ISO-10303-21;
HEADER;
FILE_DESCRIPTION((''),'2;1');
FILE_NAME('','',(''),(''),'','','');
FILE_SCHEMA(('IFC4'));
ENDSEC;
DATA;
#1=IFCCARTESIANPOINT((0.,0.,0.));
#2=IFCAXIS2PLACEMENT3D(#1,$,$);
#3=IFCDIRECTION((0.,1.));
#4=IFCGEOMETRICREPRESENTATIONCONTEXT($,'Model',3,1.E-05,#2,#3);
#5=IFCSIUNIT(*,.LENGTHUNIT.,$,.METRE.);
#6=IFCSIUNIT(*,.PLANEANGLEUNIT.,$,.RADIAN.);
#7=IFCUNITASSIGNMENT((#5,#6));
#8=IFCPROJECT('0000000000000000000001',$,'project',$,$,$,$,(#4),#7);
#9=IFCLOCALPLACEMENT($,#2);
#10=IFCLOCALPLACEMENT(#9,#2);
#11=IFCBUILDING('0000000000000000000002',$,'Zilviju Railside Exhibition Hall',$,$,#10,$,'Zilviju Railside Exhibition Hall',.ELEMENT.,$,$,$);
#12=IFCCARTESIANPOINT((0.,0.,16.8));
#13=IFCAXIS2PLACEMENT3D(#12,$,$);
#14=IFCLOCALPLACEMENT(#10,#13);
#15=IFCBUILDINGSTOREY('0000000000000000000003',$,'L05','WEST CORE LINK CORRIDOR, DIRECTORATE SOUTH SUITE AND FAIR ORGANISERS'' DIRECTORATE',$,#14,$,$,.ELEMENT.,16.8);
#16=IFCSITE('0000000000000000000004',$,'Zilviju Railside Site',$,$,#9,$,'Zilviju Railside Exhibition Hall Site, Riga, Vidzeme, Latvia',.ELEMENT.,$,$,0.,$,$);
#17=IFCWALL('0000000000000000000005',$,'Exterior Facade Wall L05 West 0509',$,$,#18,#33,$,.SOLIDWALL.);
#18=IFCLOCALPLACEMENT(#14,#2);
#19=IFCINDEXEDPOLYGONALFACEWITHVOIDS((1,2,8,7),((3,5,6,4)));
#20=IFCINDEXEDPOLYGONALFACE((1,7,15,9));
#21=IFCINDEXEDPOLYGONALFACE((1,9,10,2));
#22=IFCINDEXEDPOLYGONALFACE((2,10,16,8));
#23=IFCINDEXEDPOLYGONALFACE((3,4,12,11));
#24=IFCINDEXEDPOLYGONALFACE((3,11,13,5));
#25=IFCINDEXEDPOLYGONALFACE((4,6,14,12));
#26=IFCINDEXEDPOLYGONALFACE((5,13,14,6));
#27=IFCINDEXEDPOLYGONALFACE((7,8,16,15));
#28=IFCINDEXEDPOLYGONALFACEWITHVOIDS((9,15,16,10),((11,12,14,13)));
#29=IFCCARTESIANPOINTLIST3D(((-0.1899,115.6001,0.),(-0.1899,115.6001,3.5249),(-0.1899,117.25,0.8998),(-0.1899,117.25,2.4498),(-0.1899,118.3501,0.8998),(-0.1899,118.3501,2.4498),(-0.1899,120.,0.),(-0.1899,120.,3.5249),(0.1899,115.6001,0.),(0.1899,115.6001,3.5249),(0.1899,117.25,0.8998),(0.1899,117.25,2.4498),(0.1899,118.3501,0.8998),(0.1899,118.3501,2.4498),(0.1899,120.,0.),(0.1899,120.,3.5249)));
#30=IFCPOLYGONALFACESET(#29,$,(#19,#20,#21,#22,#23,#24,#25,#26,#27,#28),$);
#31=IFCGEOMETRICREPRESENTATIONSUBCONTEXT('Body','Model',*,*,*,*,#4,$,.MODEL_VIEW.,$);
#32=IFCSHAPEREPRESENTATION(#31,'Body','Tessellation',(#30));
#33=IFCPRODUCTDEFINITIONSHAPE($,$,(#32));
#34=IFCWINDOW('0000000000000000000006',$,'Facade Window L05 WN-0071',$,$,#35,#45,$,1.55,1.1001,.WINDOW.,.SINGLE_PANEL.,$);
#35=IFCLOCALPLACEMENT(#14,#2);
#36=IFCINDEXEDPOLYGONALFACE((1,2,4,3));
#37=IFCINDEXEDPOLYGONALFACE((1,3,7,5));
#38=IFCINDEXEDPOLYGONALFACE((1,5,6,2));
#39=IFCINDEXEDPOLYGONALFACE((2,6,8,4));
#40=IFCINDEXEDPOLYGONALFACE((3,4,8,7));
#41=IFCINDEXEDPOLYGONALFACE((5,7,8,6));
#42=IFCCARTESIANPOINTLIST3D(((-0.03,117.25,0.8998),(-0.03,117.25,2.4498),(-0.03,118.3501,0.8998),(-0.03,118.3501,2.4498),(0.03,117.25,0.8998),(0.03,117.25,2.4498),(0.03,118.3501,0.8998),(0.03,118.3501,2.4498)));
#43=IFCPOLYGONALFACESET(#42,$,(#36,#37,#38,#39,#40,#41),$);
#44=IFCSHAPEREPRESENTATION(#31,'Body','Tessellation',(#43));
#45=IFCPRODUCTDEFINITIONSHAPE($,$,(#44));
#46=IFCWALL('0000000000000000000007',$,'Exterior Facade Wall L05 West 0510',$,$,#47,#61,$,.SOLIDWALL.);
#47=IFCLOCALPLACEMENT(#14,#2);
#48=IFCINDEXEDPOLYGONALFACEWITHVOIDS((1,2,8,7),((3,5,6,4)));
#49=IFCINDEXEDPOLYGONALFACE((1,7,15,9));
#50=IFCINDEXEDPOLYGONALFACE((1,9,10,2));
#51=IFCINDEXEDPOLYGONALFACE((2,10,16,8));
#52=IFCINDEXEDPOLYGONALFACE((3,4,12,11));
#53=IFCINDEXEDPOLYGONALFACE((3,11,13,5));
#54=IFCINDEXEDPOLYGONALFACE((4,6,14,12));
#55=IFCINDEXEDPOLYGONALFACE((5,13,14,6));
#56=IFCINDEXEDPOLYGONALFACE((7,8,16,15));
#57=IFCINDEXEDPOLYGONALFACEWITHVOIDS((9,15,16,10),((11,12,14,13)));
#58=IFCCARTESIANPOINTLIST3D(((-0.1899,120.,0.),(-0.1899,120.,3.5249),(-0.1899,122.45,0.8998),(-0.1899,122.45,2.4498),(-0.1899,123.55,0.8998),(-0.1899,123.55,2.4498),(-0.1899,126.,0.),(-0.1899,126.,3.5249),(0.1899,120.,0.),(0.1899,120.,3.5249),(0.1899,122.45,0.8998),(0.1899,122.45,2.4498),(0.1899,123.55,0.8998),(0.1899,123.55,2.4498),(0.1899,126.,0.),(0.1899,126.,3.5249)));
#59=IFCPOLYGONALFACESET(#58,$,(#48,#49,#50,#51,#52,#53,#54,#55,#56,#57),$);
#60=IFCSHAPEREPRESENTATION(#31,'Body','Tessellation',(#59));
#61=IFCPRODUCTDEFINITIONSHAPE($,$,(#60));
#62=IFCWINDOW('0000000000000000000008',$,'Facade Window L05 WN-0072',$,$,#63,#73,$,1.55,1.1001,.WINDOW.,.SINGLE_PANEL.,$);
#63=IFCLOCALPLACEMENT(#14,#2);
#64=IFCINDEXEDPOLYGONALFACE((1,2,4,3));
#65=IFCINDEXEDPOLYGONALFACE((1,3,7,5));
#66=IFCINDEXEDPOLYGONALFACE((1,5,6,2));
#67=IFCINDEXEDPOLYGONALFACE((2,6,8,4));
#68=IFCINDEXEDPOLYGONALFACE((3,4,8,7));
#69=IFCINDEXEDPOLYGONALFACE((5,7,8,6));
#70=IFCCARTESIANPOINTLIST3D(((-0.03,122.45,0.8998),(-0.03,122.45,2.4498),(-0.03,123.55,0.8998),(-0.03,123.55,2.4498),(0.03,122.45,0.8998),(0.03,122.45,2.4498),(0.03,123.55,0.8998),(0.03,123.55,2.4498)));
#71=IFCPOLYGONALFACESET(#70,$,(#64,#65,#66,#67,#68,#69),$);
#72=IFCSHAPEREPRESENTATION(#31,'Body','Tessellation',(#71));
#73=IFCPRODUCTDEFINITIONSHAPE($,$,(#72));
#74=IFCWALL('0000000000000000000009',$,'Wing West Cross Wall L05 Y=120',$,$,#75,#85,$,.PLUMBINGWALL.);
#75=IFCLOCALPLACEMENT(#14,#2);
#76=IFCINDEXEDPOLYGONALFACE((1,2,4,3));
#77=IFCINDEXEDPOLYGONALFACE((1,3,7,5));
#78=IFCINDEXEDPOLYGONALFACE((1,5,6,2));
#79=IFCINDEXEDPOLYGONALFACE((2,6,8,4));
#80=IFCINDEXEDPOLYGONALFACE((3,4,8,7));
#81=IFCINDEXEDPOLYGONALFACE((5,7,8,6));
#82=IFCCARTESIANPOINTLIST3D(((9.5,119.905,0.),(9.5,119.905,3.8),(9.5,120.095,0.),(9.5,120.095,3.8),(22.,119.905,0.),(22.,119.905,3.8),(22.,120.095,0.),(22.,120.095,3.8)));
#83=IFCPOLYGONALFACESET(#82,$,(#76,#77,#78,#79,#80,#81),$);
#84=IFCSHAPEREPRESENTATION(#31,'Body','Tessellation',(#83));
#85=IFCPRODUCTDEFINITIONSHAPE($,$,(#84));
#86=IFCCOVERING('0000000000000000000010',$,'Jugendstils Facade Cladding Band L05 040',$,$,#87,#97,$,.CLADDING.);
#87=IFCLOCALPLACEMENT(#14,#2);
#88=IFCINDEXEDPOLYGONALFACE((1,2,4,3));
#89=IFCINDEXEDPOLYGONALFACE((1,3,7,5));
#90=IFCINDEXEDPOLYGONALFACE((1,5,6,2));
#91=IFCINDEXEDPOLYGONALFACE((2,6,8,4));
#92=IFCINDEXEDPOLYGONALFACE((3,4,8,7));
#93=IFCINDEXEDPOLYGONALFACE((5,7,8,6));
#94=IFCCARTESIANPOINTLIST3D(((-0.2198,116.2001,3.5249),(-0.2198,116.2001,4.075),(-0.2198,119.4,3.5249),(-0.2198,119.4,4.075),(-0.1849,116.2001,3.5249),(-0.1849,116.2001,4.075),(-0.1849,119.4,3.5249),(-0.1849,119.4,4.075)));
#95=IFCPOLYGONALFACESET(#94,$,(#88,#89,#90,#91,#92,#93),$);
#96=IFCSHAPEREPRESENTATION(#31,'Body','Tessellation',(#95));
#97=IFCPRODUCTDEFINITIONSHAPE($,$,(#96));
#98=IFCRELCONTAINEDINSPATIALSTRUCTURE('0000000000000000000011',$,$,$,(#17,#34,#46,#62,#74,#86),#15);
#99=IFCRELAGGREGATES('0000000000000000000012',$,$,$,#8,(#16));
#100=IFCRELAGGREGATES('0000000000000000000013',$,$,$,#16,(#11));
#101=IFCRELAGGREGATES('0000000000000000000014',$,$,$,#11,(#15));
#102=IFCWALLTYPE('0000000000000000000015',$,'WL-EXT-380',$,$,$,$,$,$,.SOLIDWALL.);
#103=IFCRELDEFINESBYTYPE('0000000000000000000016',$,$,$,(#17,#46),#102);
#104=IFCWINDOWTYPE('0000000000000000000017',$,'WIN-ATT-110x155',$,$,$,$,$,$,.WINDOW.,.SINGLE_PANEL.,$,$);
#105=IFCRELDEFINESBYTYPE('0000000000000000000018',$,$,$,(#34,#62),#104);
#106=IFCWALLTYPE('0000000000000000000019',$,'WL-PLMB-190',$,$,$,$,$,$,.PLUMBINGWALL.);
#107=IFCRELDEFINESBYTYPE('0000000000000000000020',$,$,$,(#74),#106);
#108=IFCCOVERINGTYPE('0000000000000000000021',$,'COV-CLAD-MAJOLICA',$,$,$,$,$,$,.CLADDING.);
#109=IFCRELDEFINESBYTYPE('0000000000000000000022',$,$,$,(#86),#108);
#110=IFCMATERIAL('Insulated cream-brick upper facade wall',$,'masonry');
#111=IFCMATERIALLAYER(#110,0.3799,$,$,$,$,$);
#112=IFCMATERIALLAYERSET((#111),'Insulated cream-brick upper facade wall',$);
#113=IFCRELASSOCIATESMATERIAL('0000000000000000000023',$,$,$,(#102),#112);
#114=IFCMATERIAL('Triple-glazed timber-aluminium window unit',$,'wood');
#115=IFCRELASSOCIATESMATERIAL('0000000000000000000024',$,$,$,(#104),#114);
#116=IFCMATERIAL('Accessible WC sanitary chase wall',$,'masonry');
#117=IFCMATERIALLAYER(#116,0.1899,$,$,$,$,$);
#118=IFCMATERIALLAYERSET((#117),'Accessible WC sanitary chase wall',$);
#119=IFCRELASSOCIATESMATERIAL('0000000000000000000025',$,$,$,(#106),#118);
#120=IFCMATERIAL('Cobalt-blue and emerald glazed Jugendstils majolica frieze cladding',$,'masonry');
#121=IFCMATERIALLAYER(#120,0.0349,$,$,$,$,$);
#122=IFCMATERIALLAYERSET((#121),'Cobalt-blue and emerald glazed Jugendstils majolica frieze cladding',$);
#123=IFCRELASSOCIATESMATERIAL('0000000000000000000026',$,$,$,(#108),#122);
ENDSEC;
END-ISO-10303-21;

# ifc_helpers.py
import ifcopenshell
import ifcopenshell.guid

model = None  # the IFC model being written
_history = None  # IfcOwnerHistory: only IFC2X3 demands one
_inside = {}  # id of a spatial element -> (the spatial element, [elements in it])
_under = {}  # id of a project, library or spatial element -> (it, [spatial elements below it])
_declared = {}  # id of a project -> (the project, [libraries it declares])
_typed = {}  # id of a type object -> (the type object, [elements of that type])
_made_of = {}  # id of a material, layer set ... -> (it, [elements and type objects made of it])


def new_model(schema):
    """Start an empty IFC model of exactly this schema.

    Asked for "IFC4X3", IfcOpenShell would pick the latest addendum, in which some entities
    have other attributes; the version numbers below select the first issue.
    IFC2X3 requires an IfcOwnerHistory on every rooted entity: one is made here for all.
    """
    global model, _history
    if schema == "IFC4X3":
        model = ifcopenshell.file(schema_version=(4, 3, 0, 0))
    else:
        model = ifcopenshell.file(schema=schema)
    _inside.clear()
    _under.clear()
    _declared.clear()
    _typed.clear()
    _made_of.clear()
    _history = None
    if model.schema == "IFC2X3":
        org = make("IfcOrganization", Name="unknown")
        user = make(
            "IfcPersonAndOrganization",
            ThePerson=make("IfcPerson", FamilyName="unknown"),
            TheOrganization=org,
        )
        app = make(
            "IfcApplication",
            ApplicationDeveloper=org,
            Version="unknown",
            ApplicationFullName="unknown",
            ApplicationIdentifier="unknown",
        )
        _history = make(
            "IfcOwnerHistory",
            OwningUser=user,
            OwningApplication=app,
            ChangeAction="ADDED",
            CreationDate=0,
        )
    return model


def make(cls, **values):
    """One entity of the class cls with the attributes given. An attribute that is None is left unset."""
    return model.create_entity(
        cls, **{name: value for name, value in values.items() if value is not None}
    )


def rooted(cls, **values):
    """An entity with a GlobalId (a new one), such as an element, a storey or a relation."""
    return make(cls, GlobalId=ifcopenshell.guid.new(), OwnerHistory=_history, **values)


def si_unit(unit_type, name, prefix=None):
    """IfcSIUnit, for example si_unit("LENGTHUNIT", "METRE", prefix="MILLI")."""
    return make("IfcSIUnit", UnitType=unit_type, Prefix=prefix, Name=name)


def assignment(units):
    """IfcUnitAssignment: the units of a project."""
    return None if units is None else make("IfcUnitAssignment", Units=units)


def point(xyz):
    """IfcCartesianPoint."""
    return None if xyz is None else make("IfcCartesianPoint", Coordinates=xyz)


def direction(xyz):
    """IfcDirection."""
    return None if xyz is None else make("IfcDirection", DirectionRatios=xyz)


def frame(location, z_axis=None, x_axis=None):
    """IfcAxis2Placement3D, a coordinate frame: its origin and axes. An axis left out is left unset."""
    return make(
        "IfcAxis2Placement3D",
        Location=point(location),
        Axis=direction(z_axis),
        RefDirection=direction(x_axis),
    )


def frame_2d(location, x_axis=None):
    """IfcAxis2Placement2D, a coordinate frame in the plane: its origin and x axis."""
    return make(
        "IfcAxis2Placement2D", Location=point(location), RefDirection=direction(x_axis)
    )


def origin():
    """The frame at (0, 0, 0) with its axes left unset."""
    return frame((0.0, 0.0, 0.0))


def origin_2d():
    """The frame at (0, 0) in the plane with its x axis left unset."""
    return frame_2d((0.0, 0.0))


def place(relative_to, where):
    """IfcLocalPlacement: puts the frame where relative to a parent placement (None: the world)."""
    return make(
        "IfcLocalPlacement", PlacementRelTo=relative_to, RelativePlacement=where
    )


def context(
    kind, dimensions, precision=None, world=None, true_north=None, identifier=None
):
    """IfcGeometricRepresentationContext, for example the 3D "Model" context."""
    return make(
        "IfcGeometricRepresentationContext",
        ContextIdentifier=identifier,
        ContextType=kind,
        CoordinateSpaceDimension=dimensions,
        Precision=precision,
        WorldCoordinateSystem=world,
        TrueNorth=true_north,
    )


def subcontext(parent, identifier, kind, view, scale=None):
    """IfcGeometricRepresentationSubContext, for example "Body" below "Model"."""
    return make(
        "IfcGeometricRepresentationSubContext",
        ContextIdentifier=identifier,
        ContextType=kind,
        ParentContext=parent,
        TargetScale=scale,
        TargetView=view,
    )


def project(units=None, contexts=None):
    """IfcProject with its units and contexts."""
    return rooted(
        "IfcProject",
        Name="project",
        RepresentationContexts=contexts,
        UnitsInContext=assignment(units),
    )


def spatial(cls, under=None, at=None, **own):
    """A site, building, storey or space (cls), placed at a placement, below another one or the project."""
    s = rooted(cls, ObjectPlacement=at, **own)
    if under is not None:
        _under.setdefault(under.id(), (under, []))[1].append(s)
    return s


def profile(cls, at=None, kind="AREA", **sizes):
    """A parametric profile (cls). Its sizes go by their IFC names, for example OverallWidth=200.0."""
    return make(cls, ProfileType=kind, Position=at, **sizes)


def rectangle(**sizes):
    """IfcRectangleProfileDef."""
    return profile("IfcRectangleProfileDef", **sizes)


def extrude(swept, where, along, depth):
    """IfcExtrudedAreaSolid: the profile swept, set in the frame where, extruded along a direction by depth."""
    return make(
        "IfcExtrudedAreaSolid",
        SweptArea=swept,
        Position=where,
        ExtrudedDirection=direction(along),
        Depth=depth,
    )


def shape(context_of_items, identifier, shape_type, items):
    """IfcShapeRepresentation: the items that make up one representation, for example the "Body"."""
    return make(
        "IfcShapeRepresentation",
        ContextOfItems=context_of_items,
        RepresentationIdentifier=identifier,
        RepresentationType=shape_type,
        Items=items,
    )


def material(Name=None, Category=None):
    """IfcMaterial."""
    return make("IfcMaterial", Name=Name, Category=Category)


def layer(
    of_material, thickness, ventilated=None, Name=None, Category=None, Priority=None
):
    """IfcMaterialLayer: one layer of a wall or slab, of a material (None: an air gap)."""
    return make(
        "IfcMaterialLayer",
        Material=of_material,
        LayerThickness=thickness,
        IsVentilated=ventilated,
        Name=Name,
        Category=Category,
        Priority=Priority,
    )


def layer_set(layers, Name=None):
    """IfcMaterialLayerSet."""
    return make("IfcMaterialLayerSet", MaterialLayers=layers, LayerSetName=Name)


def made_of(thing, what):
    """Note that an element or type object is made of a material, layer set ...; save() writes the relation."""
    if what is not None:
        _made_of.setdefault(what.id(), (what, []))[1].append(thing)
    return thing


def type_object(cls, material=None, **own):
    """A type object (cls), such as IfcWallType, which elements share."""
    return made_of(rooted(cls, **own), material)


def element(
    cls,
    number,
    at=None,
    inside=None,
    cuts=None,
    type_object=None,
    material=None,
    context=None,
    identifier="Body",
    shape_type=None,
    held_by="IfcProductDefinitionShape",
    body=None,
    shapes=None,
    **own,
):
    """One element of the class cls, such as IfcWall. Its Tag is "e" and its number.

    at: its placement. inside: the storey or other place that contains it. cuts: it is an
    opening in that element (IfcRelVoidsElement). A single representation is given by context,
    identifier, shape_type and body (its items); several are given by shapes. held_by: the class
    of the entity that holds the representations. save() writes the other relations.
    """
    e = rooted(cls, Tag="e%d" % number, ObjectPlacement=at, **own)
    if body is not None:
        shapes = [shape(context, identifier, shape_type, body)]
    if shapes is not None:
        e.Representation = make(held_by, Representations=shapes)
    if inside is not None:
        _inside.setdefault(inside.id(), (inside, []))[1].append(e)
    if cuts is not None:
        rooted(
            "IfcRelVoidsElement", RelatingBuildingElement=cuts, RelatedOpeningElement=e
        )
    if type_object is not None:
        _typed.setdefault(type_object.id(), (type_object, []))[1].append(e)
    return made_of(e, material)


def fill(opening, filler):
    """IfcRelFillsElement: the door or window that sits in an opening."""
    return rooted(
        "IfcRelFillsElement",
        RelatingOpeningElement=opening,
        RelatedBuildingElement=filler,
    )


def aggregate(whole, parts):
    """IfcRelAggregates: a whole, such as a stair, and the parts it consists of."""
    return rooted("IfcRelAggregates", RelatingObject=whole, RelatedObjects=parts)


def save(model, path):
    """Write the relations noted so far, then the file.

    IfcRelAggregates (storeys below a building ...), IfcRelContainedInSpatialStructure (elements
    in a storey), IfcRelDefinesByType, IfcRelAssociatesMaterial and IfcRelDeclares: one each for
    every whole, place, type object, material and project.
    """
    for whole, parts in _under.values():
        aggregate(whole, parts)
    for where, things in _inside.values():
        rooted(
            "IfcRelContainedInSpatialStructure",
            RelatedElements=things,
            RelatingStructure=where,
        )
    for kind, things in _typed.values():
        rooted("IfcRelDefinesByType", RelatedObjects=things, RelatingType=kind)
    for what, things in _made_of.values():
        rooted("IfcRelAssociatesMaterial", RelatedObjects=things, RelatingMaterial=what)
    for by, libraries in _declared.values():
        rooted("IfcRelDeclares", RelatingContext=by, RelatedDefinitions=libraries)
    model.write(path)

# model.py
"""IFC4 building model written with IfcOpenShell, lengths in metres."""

from ifc_helpers import new_model, si_unit, direction, frame, frame_2d, origin, origin_2d, place, context, subcontext, project, spatial, rectangle, extrude, material, layer, layer_set, type_object, element, fill, save


model = new_model("IFC4")

# Units and contexts
model_context = context("Model", 3, precision=1e-05, world=origin(), true_north=direction((0.0, 1.0)))
body_context = subcontext(model_context, "Body", "Model", "MODEL_VIEW")
ifc_project = project(units=[si_unit("LENGTHUNIT", "METRE"), si_unit("PLANEANGLEUNIT", "RADIAN")], contexts=[model_context])

# Site, building, storey
site_placement = place(None, origin())
site = spatial("IfcSite", under=ifc_project, at=site_placement, Name="Zilviju Railside Site", LongName="Zilviju Railside Exhibition Hall Site, Riga, Vidzeme, Latvia", CompositionType="ELEMENT", RefElevation=0.0)
building_placement = place(site_placement, origin())
building = spatial("IfcBuilding", under=site, at=building_placement, Name="Zilviju Railside Exhibition Hall", LongName="Zilviju Railside Exhibition Hall", CompositionType="ELEMENT")
storey_placement = place(building_placement, frame((0.0, 0.0, 16.8)))
storey = spatial("IfcBuildingStorey", under=building, at=storey_placement, Name="L05", Description="WEST CORE LINK CORRIDOR, DIRECTORATE SOUTH SUITE AND FAIR ORGANISERS' DIRECTORATE", CompositionType="ELEMENT", Elevation=16.8)

# Walls, openings, windows
ifc_material_1 = material(Name="Insulated cream-brick upper facade wall", Category="masonry")
ifc_layer_1 = layer(ifc_material_1, 0.3799)
ifc_layer_set_1 = layer_set([ifc_layer_1], Name="Insulated cream-brick upper facade wall")
wall_type_1 = type_object("IfcWallType", Name="WL-EXT-380", PredefinedType="SOLIDWALL", material=ifc_layer_set_1)
wall_1_placement = place(storey_placement, frame((0.0, 115.6001, 0.0), z_axis=(0.0, 0.0, 1.0), x_axis=(0.0, 1.0, 0.0)))
wall_1 = element("IfcWall", 1, at=wall_1_placement, inside=storey, type_object=wall_type_1, Name="Exterior Facade Wall L05 West 0509", PredefinedType="SOLIDWALL", context=body_context, shape_type="SweptSolid", body=[
    extrude(rectangle(XDim=4.3999, YDim=0.3799, at=frame_2d((2.2, 0.0))), origin(), (0.0, 0.0, 1.0), 3.5249),
])
opening_1_placement = place(wall_1_placement, frame((1.6499, 0.0, 0.8999)))
opening_1 = element("IfcOpeningElement", 2, at=opening_1_placement, cuts=wall_1, PredefinedType="OPENING", context=body_context, shape_type="SweptSolid", body=[
    extrude(rectangle(XDim=1.1001, YDim=1.55, at=frame_2d((0.55, 0.7749))), frame((0.0, 0.2, 0.0), z_axis=(0.0, -1.0, 0.0), x_axis=(1.0, 0.0, 0.0)), (0.0, 0.0, 1.0), 0.3999),
])
ifc_material_2 = material(Name="Triple-glazed timber-aluminium window unit", Category="wood")
window_type = type_object("IfcWindowType", Name="WIN-ATT-110x155", PartitioningType="SINGLE_PANEL", PredefinedType="WINDOW", material=ifc_material_2)
window_1_placement = place(opening_1_placement, origin())
window_1 = element("IfcWindow", 3, at=window_1_placement, inside=storey, type_object=window_type, Name="Facade Window L05 WN-0071", OverallHeight=1.55, OverallWidth=1.1001, PartitioningType="SINGLE_PANEL", PredefinedType="WINDOW", context=body_context, shape_type="SweptSolid", body=[
    extrude(rectangle(XDim=1.1001, YDim=1.55, at=frame_2d((0.55, 0.7749))), frame((0.0, 0.03, 0.0), z_axis=(0.0, -1.0, 0.0), x_axis=(1.0, 0.0, 0.0)), (0.0, 0.0, 1.0), 0.0601),
])
fill(opening_1, window_1)
wall_2_placement = place(storey_placement, frame((0.0, 120.0, 0.0), z_axis=(0.0, 0.0, 1.0), x_axis=(0.0, 1.0, 0.0)))
wall_2 = element("IfcWall", 4, at=wall_2_placement, inside=storey, type_object=wall_type_1, Name="Exterior Facade Wall L05 West 0510", PredefinedType="SOLIDWALL", context=body_context, shape_type="SweptSolid", body=[
    extrude(rectangle(XDim=6.0, YDim=0.3799, at=frame_2d((3.0, 0.0))), origin(), (0.0, 0.0, 1.0), 3.5249),
])
opening_2_placement = place(wall_2_placement, frame((2.45, 0.0, 0.8999)))
opening_2 = element("IfcOpeningElement", 5, at=opening_2_placement, cuts=wall_2, PredefinedType="OPENING", context=body_context, shape_type="SweptSolid", body=[
    extrude(rectangle(XDim=1.1001, YDim=1.55, at=frame_2d((0.55, 0.7749))), frame((0.0, 0.2, 0.0), z_axis=(0.0, -1.0, 0.0), x_axis=(1.0, 0.0, 0.0)), (0.0, 0.0, 1.0), 0.3999),
])
window_2_placement = place(opening_2_placement, origin())
window_2 = element("IfcWindow", 6, at=window_2_placement, inside=storey, type_object=window_type, Name="Facade Window L05 WN-0072", OverallHeight=1.55, OverallWidth=1.1001, PartitioningType="SINGLE_PANEL", PredefinedType="WINDOW", context=body_context, shape_type="SweptSolid", body=[
    extrude(rectangle(XDim=1.1001, YDim=1.55, at=frame_2d((0.55, 0.7749))), frame((0.0, 0.03, 0.0), z_axis=(0.0, -1.0, 0.0), x_axis=(1.0, 0.0, 0.0)), (0.0, 0.0, 1.0), 0.0601),
])
fill(opening_2, window_2)

# Wall
ifc_material_3 = material(Name="Accessible WC sanitary chase wall", Category="masonry")
ifc_layer_2 = layer(ifc_material_3, 0.1899)
ifc_layer_set_2 = layer_set([ifc_layer_2], Name="Accessible WC sanitary chase wall")
wall_type_2 = type_object("IfcWallType", Name="WL-PLMB-190", PredefinedType="PLUMBINGWALL", material=ifc_layer_set_2)
wall_3_placement = place(storey_placement, frame((9.5, 120.0, 0.0), z_axis=(0.0, 0.0, 1.0), x_axis=(1.0, 0.0, 0.0)))
element("IfcWall", 7, at=wall_3_placement, inside=storey, type_object=wall_type_2, Name="Wing West Cross Wall L05 Y=120", PredefinedType="PLUMBINGWALL", context=body_context, shape_type="SweptSolid", body=[
    extrude(rectangle(XDim=12.5, YDim=0.1899, at=frame_2d((6.25, 0.0))), origin(), (0.0, 0.0, 1.0), 3.8),
])

# Covering
ifc_material_4 = material(Name="Cobalt-blue and emerald glazed Jugendstils majolica frieze cladding", Category="masonry")
ifc_layer_3 = layer(ifc_material_4, 0.0349)
ifc_layer_set_3 = layer_set([ifc_layer_3], Name="Cobalt-blue and emerald glazed Jugendstils majolica frieze cladding")
covering_type = type_object("IfcCoveringType", Name="COV-CLAD-MAJOLICA", PredefinedType="CLADDING", material=ifc_layer_set_3)
covering_placement = place(storey_placement, frame((-0.2024, 117.8, 3.5249), z_axis=(0.0, 0.0, 1.0), x_axis=(0.0, 1.0, 0.0)))
element("IfcCovering", 8, at=covering_placement, inside=storey, type_object=covering_type, Name="Jugendstils Facade Cladding Band L05 040", PredefinedType="CLADDING", context=body_context, shape_type="SweptSolid", body=[
    extrude(rectangle(XDim=3.2, YDim=0.0349, at=origin_2d()), origin(), (0.0, 0.0, 1.0), 0.55),
])

save(model, "model.ifc")
